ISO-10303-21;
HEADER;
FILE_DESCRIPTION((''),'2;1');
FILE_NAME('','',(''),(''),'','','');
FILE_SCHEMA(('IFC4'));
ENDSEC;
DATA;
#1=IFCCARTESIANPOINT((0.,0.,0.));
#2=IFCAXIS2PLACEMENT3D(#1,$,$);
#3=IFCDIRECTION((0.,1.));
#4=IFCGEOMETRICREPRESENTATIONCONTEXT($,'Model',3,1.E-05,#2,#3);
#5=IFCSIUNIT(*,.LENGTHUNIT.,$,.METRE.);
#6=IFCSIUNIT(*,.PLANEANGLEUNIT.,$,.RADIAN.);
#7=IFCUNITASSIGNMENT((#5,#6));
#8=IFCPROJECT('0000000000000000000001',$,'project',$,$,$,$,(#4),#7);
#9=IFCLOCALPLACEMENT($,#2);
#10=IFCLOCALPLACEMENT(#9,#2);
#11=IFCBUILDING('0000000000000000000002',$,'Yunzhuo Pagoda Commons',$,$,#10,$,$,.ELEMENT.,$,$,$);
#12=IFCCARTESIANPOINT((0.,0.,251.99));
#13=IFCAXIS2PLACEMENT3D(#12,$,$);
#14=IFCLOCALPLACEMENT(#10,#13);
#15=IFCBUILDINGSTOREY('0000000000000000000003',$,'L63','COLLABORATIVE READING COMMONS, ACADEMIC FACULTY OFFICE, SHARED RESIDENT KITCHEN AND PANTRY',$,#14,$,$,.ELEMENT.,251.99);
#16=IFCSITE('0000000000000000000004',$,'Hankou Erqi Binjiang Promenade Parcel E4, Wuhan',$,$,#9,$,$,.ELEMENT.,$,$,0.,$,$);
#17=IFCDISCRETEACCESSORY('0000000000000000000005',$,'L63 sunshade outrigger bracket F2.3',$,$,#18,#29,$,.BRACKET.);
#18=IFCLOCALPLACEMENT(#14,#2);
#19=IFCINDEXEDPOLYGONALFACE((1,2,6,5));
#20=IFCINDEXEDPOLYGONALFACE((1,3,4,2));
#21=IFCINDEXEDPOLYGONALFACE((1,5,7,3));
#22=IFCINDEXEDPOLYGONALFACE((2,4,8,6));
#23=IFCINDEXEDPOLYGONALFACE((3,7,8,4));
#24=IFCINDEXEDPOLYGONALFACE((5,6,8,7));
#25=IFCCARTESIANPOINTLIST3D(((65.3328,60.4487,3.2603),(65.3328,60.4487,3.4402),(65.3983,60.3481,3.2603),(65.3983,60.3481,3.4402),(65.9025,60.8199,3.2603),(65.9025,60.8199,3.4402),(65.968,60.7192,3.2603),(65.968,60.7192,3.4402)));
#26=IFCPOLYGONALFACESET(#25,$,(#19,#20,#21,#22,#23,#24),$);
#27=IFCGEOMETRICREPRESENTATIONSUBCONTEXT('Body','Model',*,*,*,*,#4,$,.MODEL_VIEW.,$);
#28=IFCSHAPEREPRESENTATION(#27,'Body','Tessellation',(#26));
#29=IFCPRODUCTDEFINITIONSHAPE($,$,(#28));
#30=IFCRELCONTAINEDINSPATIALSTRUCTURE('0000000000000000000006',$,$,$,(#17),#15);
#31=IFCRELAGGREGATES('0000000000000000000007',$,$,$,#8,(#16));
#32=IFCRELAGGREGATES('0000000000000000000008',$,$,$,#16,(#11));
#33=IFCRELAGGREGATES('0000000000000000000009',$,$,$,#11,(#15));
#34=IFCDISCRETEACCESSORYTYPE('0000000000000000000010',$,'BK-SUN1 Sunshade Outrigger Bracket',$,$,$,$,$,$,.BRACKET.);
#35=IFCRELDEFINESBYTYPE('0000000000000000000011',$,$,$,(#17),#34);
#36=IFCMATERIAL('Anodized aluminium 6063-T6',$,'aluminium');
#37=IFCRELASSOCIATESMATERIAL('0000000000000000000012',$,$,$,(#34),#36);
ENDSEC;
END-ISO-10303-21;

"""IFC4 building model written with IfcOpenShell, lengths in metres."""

from ifc_helpers import new_model, si_unit, direction, frame, origin, origin_2d, place, context, subcontext, project, spatial, rectangle, extrude, source, transform, mapped, material, type_object, element, save


model = new_model("IFC4")

# Units and contexts
model_context = context("Model", 3, precision=1e-05, world=origin(), true_north=direction((0.0, 1.0)))
body_context = subcontext(model_context, "Body", "Model", "MODEL_VIEW")
ifc_project = project(units=[si_unit("LENGTHUNIT", "METRE"), si_unit("PLANEANGLEUNIT", "RADIAN")], contexts=[model_context])

# Site, building, storey
site_placement = place(None, origin())
site = spatial("IfcSite", under=ifc_project, at=site_placement, Name="Hankou Erqi Binjiang Promenade Parcel E4, Wuhan", CompositionType="ELEMENT", RefElevation=0.0)
building_placement = place(site_placement, origin())
building = spatial("IfcBuilding", under=site, at=building_placement, Name="Yunzhuo Pagoda Commons", CompositionType="ELEMENT")
storey_placement = place(building_placement, frame((0.0, 0.0, 251.99)))
storey = spatial("IfcBuildingStorey", under=building, at=storey_placement, Name="L63", Description="COLLABORATIVE READING COMMONS, ACADEMIC FACULTY OFFICE, SHARED RESIDENT KITCHEN AND PANTRY", CompositionType="ELEMENT", Elevation=251.99)

# Shared definitions
ifc_material_1 = material(Name="Anodized aluminium 6063-T6", Category="aluminium")

# Discrete accessory
discrete_accessory_type = type_object("IfcDiscreteAccessoryType", Name="BK-SUN1 Sunshade Outrigger Bracket", PredefinedType="BRACKET", material=ifc_material_1)
shared_shape_1 = source(origin(), body_context, "Body", "SweptSolid", [
    extrude(rectangle(XDim=0.1201, YDim=0.6799, at=origin_2d()), origin(), (0.0, 0.0, 1.0), 0.1799),
])
discrete_accessory_placement = place(storey_placement, frame((65.6504, 60.584, 3.2603), z_axis=(0.0, 0.0, 1.0), x_axis=(-0.545839, 0.83789, 0.0)))
element("IfcDiscreteAccessory", 1, at=discrete_accessory_placement, inside=storey, type_object=discrete_accessory_type, Name="L63 sunshade outrigger bracket F2.3", PredefinedType="BRACKET", context=body_context, shape_type="MappedRepresentation", body=[
    mapped(shared_shape_1, transform((0.0, 0.0, 0.0), scale=1.0)),
])

save(model, "model.ifc")
